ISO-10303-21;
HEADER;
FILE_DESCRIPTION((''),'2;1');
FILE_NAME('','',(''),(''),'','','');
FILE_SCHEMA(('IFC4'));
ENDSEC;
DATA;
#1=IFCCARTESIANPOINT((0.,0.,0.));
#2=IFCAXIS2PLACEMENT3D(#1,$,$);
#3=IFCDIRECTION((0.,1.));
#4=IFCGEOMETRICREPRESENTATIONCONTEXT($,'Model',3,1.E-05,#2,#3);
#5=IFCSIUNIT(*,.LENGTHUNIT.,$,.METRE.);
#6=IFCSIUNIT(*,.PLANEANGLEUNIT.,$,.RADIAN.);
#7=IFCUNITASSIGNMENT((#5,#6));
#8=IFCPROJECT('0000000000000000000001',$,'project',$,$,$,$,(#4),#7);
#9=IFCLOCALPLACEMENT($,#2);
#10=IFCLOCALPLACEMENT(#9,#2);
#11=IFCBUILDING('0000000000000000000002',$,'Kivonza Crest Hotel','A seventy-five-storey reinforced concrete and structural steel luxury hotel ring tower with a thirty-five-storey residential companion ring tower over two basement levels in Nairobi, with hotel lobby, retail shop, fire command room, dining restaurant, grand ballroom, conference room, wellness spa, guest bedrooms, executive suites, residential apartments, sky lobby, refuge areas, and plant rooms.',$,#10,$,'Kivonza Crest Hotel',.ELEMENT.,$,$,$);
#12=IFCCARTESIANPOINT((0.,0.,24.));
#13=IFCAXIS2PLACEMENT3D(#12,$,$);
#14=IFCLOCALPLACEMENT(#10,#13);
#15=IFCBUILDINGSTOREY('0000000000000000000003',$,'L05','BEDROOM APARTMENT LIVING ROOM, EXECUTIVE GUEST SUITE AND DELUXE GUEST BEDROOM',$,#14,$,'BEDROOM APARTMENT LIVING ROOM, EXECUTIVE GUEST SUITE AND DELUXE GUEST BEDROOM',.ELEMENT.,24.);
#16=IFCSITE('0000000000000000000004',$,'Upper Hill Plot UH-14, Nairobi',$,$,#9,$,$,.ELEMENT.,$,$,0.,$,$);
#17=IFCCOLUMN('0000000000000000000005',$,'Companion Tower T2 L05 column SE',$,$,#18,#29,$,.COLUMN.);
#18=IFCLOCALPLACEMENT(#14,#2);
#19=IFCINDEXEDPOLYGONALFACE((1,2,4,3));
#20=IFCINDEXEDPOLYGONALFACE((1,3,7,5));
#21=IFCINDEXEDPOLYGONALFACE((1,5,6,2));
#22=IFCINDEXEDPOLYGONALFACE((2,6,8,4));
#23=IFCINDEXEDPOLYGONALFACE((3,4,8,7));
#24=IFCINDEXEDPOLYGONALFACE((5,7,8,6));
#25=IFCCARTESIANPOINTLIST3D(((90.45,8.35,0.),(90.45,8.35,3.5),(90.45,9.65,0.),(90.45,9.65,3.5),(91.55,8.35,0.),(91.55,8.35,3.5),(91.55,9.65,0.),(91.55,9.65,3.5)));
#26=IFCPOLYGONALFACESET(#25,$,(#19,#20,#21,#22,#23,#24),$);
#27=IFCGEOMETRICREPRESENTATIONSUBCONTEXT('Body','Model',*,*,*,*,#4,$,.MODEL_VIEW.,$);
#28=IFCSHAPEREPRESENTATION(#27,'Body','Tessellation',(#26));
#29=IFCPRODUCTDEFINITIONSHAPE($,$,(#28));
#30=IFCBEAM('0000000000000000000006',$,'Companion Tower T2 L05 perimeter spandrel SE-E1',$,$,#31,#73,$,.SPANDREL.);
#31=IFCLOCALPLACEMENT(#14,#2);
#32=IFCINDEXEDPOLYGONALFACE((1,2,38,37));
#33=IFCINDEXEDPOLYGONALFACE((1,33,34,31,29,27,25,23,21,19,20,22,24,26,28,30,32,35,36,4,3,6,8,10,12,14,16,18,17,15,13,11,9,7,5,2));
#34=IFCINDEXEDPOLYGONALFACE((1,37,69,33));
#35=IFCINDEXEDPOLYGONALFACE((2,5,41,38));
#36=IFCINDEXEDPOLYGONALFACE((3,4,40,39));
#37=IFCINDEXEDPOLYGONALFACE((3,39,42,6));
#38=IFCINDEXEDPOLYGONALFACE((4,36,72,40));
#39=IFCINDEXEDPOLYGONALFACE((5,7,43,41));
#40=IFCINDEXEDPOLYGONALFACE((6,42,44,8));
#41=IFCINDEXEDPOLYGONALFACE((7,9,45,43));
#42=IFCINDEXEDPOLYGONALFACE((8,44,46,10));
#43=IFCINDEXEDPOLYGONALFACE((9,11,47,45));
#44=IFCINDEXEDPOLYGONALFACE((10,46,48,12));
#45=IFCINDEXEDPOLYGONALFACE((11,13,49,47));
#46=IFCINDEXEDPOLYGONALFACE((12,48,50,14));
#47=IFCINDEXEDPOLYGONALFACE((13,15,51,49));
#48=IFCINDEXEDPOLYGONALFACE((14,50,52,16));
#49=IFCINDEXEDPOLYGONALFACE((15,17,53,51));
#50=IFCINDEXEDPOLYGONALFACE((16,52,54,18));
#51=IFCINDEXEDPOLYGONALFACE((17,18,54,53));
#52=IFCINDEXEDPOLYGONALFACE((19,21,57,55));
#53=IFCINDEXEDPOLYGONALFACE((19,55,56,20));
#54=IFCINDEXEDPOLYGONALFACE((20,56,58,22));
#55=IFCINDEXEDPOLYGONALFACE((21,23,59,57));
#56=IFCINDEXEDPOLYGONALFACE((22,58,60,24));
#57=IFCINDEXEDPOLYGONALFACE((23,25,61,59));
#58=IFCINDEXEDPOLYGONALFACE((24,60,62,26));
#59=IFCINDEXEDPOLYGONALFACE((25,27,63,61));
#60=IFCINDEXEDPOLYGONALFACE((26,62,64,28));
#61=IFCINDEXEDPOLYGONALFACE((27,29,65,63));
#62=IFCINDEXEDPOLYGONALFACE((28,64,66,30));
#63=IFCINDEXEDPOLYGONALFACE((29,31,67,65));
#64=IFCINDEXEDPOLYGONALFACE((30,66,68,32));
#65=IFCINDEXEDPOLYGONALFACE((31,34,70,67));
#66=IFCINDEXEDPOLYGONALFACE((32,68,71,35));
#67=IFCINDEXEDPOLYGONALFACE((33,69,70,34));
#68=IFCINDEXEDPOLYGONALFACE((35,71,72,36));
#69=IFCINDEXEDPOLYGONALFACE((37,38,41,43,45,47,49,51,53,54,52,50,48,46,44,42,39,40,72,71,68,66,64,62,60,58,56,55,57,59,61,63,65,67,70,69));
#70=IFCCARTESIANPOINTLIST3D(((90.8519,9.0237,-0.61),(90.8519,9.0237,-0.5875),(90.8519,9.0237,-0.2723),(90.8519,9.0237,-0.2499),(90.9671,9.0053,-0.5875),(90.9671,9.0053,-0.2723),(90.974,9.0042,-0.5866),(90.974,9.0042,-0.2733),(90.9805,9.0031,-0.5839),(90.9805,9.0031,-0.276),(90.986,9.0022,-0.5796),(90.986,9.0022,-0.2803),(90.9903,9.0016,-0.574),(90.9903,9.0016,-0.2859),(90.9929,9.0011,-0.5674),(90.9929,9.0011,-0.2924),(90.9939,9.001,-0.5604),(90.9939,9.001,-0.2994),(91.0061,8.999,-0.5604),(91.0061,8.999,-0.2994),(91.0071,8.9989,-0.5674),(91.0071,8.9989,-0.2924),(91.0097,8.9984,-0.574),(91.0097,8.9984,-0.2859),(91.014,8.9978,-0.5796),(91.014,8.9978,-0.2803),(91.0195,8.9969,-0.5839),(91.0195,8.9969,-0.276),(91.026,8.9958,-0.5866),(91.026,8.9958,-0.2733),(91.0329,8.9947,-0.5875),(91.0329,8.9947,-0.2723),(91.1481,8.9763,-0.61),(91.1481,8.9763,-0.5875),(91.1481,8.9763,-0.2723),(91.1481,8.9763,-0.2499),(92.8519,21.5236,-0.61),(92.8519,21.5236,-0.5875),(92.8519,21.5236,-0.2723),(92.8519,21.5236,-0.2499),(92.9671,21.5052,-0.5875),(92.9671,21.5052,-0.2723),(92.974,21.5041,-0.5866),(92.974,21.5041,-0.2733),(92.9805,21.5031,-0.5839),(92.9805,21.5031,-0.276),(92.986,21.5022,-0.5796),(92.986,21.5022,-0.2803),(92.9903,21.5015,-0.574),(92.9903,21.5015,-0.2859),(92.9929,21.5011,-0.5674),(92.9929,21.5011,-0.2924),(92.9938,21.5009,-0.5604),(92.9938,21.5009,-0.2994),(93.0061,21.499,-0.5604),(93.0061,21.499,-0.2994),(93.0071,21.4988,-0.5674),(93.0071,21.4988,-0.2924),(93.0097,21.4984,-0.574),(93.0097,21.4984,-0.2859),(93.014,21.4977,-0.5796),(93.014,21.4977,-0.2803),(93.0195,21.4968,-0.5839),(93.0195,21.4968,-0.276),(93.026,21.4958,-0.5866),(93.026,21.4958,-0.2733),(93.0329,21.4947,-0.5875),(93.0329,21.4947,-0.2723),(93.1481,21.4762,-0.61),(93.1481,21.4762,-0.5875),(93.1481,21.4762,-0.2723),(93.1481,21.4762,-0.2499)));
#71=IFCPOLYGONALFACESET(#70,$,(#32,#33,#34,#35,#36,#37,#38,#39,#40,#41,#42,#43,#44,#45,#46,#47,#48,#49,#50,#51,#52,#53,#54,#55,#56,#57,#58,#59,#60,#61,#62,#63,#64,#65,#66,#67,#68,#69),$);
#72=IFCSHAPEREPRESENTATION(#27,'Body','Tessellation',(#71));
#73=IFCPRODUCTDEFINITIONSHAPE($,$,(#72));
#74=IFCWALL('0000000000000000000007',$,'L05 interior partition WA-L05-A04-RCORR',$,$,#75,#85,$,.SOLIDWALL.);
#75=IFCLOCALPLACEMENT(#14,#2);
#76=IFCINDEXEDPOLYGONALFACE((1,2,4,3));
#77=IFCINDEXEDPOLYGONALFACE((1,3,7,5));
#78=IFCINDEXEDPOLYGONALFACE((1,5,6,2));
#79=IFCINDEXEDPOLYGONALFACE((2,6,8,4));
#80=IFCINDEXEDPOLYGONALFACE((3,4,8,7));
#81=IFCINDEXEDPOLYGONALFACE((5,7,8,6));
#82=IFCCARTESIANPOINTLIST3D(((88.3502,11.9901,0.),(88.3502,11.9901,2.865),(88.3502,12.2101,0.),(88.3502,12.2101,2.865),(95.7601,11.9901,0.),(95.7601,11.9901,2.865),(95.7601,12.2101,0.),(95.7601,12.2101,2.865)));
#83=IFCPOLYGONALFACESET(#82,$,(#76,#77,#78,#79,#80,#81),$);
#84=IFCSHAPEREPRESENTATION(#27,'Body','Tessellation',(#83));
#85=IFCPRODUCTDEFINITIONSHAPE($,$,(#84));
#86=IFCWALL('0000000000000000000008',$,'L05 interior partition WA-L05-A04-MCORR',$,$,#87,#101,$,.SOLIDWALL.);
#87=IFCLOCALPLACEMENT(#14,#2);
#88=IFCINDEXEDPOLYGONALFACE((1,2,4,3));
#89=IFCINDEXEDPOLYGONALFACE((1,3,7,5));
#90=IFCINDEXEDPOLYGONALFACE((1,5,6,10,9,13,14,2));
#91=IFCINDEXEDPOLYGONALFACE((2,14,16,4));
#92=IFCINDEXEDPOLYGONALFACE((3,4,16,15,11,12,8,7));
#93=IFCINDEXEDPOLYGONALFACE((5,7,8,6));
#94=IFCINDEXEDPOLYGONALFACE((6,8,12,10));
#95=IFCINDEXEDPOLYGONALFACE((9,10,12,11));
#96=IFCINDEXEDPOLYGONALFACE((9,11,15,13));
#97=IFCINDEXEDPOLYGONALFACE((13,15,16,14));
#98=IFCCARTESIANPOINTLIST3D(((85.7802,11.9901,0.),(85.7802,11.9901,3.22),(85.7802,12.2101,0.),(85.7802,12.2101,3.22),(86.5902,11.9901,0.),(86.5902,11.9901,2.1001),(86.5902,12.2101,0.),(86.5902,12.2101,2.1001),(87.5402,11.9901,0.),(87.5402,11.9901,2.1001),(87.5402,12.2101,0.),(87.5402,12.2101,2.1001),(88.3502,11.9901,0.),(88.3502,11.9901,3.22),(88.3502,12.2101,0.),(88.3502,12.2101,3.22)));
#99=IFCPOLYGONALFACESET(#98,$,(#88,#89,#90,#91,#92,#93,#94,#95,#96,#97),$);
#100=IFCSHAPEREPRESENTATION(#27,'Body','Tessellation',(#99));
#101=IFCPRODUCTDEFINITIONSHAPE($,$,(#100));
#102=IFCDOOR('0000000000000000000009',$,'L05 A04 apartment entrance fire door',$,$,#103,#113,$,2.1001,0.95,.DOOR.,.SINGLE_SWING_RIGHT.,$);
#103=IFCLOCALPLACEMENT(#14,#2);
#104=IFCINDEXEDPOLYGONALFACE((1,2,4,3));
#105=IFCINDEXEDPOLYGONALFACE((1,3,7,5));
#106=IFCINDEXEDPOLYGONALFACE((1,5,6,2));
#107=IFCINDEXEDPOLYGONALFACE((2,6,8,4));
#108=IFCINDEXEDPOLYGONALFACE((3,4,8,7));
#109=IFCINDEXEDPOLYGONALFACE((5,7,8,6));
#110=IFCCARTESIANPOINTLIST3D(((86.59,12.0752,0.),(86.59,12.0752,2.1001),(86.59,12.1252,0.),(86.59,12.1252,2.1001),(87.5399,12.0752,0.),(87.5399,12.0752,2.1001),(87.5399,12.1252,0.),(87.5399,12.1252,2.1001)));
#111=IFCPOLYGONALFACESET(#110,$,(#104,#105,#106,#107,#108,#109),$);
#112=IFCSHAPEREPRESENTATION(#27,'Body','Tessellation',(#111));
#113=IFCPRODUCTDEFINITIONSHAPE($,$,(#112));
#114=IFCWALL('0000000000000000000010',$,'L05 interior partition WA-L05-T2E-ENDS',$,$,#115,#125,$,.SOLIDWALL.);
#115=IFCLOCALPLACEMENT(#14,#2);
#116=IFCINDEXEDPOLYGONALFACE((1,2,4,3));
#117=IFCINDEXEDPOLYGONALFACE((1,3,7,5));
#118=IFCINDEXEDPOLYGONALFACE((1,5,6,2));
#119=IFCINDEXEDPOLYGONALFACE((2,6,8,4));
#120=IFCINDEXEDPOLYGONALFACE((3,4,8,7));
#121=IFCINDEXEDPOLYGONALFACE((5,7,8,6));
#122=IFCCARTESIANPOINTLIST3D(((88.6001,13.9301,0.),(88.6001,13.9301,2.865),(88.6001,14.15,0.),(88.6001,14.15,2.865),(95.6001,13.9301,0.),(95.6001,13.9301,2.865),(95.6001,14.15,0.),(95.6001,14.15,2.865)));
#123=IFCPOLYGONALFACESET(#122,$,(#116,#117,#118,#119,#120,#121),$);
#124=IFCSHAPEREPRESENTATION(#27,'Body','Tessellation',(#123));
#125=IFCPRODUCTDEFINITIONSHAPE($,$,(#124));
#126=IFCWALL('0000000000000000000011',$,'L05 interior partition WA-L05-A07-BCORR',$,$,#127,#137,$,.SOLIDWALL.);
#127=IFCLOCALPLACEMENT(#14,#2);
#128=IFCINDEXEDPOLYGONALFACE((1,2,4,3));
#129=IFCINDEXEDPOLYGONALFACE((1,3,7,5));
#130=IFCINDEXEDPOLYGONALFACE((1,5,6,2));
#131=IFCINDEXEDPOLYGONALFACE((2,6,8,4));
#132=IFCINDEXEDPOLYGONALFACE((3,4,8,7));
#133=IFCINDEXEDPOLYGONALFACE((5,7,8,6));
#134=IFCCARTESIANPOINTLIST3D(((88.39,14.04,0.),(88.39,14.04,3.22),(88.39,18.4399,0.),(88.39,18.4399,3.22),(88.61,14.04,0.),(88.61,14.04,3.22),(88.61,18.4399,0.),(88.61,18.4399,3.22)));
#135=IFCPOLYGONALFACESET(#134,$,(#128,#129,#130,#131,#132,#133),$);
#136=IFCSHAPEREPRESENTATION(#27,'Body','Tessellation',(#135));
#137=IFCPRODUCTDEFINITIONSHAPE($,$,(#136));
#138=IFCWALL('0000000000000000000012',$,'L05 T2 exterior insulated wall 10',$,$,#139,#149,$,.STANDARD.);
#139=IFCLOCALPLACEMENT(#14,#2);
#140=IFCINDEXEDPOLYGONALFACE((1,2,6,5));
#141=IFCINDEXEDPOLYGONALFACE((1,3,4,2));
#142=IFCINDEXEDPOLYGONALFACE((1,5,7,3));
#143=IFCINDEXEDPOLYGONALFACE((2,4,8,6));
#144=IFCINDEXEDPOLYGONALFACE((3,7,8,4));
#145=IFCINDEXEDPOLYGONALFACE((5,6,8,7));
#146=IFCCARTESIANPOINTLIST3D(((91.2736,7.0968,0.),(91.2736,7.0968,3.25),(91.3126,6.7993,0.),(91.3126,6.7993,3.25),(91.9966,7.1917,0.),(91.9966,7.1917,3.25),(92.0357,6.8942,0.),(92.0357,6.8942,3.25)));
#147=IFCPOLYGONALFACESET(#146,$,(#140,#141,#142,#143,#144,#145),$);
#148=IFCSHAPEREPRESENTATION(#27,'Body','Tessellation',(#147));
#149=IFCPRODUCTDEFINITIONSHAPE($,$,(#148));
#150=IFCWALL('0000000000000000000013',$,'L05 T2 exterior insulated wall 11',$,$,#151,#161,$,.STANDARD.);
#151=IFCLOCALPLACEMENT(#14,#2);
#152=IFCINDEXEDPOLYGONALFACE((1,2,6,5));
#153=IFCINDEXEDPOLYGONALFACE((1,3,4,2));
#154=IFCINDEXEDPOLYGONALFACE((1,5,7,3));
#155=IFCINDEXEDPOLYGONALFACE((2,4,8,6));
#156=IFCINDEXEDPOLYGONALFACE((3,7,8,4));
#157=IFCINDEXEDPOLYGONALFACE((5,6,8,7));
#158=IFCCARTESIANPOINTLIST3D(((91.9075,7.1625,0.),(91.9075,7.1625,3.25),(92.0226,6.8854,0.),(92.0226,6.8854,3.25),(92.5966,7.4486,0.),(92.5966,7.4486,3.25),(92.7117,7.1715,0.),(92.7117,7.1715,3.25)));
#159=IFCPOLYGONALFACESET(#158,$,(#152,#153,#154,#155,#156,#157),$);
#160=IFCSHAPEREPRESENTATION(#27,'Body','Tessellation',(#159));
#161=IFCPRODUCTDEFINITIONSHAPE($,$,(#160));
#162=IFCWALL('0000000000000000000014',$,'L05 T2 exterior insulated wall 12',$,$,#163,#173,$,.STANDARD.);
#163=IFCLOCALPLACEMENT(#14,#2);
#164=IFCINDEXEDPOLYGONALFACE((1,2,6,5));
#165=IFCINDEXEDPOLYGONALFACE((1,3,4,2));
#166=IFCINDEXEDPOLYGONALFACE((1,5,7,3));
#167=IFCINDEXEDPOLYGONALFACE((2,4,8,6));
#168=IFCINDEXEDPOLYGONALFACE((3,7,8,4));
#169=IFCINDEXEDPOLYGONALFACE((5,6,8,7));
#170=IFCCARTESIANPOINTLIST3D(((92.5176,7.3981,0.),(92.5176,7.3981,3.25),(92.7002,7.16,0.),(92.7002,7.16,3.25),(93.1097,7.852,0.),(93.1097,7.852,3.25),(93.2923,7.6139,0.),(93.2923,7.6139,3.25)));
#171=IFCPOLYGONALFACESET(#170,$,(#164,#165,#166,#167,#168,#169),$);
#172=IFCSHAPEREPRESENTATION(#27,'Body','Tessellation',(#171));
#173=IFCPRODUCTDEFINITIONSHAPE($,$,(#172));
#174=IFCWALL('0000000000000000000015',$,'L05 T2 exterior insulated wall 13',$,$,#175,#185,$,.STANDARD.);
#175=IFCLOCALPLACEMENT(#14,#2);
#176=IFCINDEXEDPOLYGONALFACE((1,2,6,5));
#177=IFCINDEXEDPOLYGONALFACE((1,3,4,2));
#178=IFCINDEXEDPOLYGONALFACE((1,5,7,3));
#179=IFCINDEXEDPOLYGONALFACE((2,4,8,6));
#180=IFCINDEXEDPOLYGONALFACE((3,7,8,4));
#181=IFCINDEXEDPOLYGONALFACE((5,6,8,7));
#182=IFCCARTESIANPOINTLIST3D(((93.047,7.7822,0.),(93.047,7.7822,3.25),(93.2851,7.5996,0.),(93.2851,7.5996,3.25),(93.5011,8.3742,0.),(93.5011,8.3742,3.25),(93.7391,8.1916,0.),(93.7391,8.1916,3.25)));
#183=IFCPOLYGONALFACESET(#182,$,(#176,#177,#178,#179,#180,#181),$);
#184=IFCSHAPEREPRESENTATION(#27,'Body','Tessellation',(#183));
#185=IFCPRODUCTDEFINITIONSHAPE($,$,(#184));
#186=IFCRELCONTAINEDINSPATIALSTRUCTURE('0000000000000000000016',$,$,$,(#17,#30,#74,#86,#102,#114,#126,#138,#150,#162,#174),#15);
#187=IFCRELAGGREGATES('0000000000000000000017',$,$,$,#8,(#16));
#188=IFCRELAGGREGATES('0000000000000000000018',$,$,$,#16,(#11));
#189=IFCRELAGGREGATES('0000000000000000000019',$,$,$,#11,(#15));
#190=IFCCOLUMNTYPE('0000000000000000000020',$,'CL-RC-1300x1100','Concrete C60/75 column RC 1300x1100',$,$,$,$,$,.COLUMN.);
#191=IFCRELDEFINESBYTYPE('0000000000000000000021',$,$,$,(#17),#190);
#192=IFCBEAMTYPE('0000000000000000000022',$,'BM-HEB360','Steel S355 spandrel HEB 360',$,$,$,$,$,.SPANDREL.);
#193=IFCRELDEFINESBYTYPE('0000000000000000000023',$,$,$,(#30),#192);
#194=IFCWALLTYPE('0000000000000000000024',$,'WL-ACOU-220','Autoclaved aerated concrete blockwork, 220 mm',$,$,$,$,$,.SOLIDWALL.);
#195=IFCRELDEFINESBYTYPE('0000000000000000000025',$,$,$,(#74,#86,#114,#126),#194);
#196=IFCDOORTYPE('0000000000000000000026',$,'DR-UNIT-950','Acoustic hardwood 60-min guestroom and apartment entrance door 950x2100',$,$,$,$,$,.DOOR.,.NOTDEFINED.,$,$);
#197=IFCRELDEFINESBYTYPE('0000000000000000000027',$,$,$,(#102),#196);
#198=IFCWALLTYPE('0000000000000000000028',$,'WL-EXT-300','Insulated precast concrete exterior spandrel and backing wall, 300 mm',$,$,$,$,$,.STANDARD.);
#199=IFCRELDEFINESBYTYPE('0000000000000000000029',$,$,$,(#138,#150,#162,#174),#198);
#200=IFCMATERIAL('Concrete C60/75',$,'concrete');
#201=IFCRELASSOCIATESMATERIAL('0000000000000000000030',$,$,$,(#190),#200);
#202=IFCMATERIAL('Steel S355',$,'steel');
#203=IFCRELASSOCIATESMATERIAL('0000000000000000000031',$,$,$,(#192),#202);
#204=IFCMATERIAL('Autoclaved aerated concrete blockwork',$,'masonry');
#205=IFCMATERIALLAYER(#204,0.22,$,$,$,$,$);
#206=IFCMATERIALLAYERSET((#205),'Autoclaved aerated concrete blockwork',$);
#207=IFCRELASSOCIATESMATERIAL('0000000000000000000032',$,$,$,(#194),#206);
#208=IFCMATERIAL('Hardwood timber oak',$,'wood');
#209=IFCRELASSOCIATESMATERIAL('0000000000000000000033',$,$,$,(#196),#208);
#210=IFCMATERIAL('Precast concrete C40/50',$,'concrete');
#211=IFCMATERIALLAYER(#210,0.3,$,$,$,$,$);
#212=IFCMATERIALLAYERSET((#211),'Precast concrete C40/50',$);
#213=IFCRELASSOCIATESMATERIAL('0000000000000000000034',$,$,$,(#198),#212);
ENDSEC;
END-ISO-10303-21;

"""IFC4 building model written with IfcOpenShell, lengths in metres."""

from ifc_helpers import new_model, si_unit, direction, frame, frame_2d, origin, origin_2d, place, context, subcontext, project, spatial, rectangle, i_section, extrude, material, layer, layer_set, material_profile, profile_set, type_object, element, fill, save


model = new_model("IFC4")

# Units and contexts
model_context = context("Model", 3, precision=1e-05, world=origin(), true_north=direction((0.0, 1.0)))
body_context = subcontext(model_context, "Body", "Model", "MODEL_VIEW")
ifc_project = project(units=[si_unit("LENGTHUNIT", "METRE"), si_unit("PLANEANGLEUNIT", "RADIAN")], contexts=[model_context])

# Site, building, storey
site_placement = place(None, origin())
site = spatial("IfcSite", under=ifc_project, at=site_placement, Name="Upper Hill Plot UH-14, Nairobi", CompositionType="ELEMENT", RefElevation=0.0)
building_placement = place(site_placement, origin())
building = spatial("IfcBuilding", under=site, at=building_placement, Name="Kivonza Crest Hotel", Description="A seventy-five-storey reinforced concrete and structural steel luxury hotel ring tower with a thirty-five-storey residential companion ring tower over two basement levels in Nairobi, with hotel lobby, retail shop, fire command room, dining restaurant, grand ballroom, conference room, wellness spa, guest bedrooms, executive suites, residential apartments, sky lobby, refuge areas, and plant rooms.", LongName="Kivonza Crest Hotel", CompositionType="ELEMENT")
storey_placement = place(building_placement, frame((0.0, 0.0, 24.0)))
storey = spatial("IfcBuildingStorey", under=building, at=storey_placement, Name="L05", Description="BEDROOM APARTMENT LIVING ROOM, EXECUTIVE GUEST SUITE AND DELUXE GUEST BEDROOM", LongName="BEDROOM APARTMENT LIVING ROOM, EXECUTIVE GUEST SUITE AND DELUXE GUEST BEDROOM", CompositionType="ELEMENT", Elevation=24.0)

# Column
ifc_material_1 = material(Name="Concrete C60/75", Category="concrete")
ifc_material_profile_1 = material_profile(ifc_material_1, rectangle(XDim=1.1001, YDim=1.3, at=origin_2d()), Name="RC 1300x1100")
ifc_profile_set_1 = profile_set([ifc_material_profile_1], Name="Concrete C60/75")
column_type = type_object("IfcColumnType", Name="CL-RC-1300x1100", Description="Concrete C60/75 column RC 1300x1100", PredefinedType="COLUMN", material=ifc_profile_set_1)
column_placement = place(storey_placement, frame((91.0, 9.0, 0.0), z_axis=(0.0, 0.0, 1.0), x_axis=(1.0, 0.0, 0.0)))
element("IfcColumn", 1, at=column_placement, inside=storey, type_object=column_type, Name="Companion Tower T2 L05 column SE", PredefinedType="COLUMN", context=body_context, shape_type="SweptSolid", body=[
    extrude(rectangle(XDim=1.1001, YDim=1.3, at=origin_2d()), origin(), (0.0, 0.0, 1.0), 3.5),
])

# Beam
ifc_material_2 = material(Name="Steel S355", Category="steel")
ifc_material_profile_2 = material_profile(ifc_material_2, i_section(OverallWidth=0.3, OverallDepth=0.3601, WebThickness=0.0125, FlangeThickness=0.0225, FilletRadius=0.0271, at=origin_2d()), Name="HEB 360")
ifc_profile_set_2 = profile_set([ifc_material_profile_2], Name="Steel S355")
beam_type = type_object("IfcBeamType", Name="BM-HEB360", Description="Steel S355 spandrel HEB 360", PredefinedType="SPANDREL", material=ifc_profile_set_2)
beam_placement = place(storey_placement, frame((91.0, 9.0, -0.4299), z_axis=(0.157991, 0.987441, 0.0), x_axis=(-0.987441, 0.157991, 0.0)))
element("IfcBeam", 2, at=beam_placement, inside=storey, type_object=beam_type, Name="Companion Tower T2 L05 perimeter spandrel SE-E1", PredefinedType="SPANDREL", context=body_context, shape_type="SweptSolid", body=[
    extrude(i_section(OverallWidth=0.3, OverallDepth=0.3601, WebThickness=0.0125, FlangeThickness=0.0225, FilletRadius=0.0271, at=origin_2d()), origin(), (0.0, 0.0, 1.0), 12.6589),
])

# Wall
ifc_material_3 = material(Name="Autoclaved aerated concrete blockwork", Category="masonry")
ifc_layer_1 = layer(ifc_material_3, 0.22)
ifc_layer_set_1 = layer_set([ifc_layer_1], Name="Autoclaved aerated concrete blockwork")
wall_type_1 = type_object("IfcWallType", Name="WL-ACOU-220", Description="Autoclaved aerated concrete blockwork, 220 mm", PredefinedType="SOLIDWALL", material=ifc_layer_set_1)
wall_1_placement = place(storey_placement, frame((88.3501, 12.1001, 0.0), z_axis=(0.0, 0.0, 1.0), x_axis=(1.0, 0.0, 0.0)))
element("IfcWall", 3, at=wall_1_placement, inside=storey, type_object=wall_type_1, Name="L05 interior partition WA-L05-A04-RCORR", PredefinedType="SOLIDWALL", context=body_context, shape_type="SweptSolid", body=[
    extrude(rectangle(XDim=7.4099, YDim=0.22, at=frame_2d((3.7051, 0.0))), origin(), (0.0, 0.0, 1.0), 2.865),
])

# Wall, opening, door
wall_2_placement = place(storey_placement, frame((85.78, 12.1001, 0.0), z_axis=(0.0, 0.0, 1.0), x_axis=(1.0, 0.0, 0.0)))
wall_2 = element("IfcWall", 4, at=wall_2_placement, inside=storey, type_object=wall_type_1, Name="L05 interior partition WA-L05-A04-MCORR", PredefinedType="SOLIDWALL", context=body_context, shape_type="SweptSolid", body=[
    extrude(rectangle(XDim=2.5701, YDim=0.22, at=frame_2d((1.2852, 0.0))), origin(), (0.0, 0.0, 1.0), 3.22),
])
opening_1_placement = place(wall_2_placement, frame((0.8101, 0.0, 0.0)))
opening_1 = element("IfcOpeningElement", 5, at=opening_1_placement, cuts=wall_2, PredefinedType="OPENING", context=body_context, shape_type="SweptSolid", body=[
    extrude(rectangle(XDim=0.95, YDim=2.1001, at=frame_2d((0.4751, 1.05))), frame((0.0, 0.1201, 0.0), z_axis=(0.0, -1.0, 0.0), x_axis=(1.0, 0.0, 0.0)), (0.0, 0.0, 1.0), 0.24),
])
ifc_material_4 = material(Name="Hardwood timber oak", Category="wood")
door_type_1 = type_object("IfcDoorType", Name="DR-UNIT-950", Description="Acoustic hardwood 60-min guestroom and apartment entrance door 950x2100", OperationType="NOTDEFINED", PredefinedType="DOOR", material=ifc_material_4)
door_1_placement = place(opening_1_placement, frame((0.95, 0.0, 0.0), z_axis=(0.0, 0.0, 1.0), x_axis=(-1.0, 0.0, 0.0)))
door_1 = element("IfcDoor", 6, at=door_1_placement, inside=storey, type_object=door_type_1, Name="L05 A04 apartment entrance fire door", OperationType="SINGLE_SWING_RIGHT", OverallHeight=2.1001, OverallWidth=0.95, PredefinedType="DOOR", context=body_context, shape_type="SweptSolid", body=[
    extrude(rectangle(XDim=0.95, YDim=2.1001, at=frame_2d((0.4751, 1.05))), frame((0.0, 0.0249, 0.0), z_axis=(0.0, -1.0, 0.0), x_axis=(1.0, 0.0, 0.0)), (0.0, 0.0, 1.0), 0.05),
])
fill(opening_1, door_1)

# Walls
wall_3_placement = place(storey_placement, frame((88.6001, 14.04, 0.0), z_axis=(0.0, 0.0, 1.0), x_axis=(1.0, 0.0, 0.0)))
element("IfcWall", 7, at=wall_3_placement, inside=storey, type_object=wall_type_1, Name="L05 interior partition WA-L05-T2E-ENDS", PredefinedType="SOLIDWALL", context=body_context, shape_type="SweptSolid", body=[
    extrude(rectangle(XDim=7.0, YDim=0.22, at=frame_2d((3.5, 0.0))), origin(), (0.0, 0.0, 1.0), 2.865),
])
wall_4_placement = place(storey_placement, frame((88.5, 14.04, 0.0), z_axis=(0.0, 0.0, 1.0), x_axis=(0.0, 1.0, 0.0)))
element("IfcWall", 8, at=wall_4_placement, inside=storey, type_object=wall_type_1, Name="L05 interior partition WA-L05-A07-BCORR", PredefinedType="SOLIDWALL", context=body_context, shape_type="SweptSolid", body=[
    extrude(rectangle(XDim=4.3999, YDim=0.22, at=frame_2d((2.2, 0.0))), origin(), (0.0, 0.0, 1.0), 3.22),
])
ifc_material_5 = material(Name="Precast concrete C40/50", Category="concrete")
ifc_layer_2 = layer(ifc_material_5, 0.3)
ifc_layer_set_2 = layer_set([ifc_layer_2], Name="Precast concrete C40/50")
wall_type_2 = type_object("IfcWallType", Name="WL-EXT-300", Description="Insulated precast concrete exterior spandrel and backing wall, 300 mm", PredefinedType="STANDARD", material=ifc_layer_set_2)
wall_5_placement = place(storey_placement, frame((91.293, 6.948, 0.0), z_axis=(0.0, 0.0, 1.0), x_axis=(0.991486, 0.130212, 0.0)))
element("IfcWall", 9, at=wall_5_placement, inside=storey, type_object=wall_type_2, Name="L05 T2 exterior insulated wall 10", PredefinedType="STANDARD", context=body_context, shape_type="SweptSolid", body=[
    extrude(rectangle(XDim=0.7292, YDim=0.3, at=frame_2d((0.3647, 0.0))), origin(), (0.0, 0.0, 1.0), 3.25),
])
for number, where, z_axis, x_axis, name in (
    (10, (91.9651, 7.0239, 0.0), (0.0, 0.0, 1.0), (0.923522, 0.383546, 0.0), "L05 T2 exterior insulated wall 11"),
    (11, (92.6089, 7.2791, 0.0), (0.0, 0.0, 1.0), (0.793633, 0.608397, 0.0), "L05 T2 exterior insulated wall 12"),
    (12, (93.166, 7.6909, 0.0), (0.0, 0.0, 1.0), (0.608603, 0.793475, 0.0), "L05 T2 exterior insulated wall 13"),
):
    element("IfcWall", number, at=place(storey_placement, frame(where, z_axis=z_axis, x_axis=x_axis)), inside=storey, type_object=wall_type_2, Name=name, PredefinedType="STANDARD", context=body_context, shape_type="SweptSolid", body=[
        extrude(rectangle(XDim=0.7461, YDim=0.3, at=frame_2d((0.373, 0.0))), origin(), (0.0, 0.0, 1.0), 3.25),
    ])

save(model, "model.ifc")
